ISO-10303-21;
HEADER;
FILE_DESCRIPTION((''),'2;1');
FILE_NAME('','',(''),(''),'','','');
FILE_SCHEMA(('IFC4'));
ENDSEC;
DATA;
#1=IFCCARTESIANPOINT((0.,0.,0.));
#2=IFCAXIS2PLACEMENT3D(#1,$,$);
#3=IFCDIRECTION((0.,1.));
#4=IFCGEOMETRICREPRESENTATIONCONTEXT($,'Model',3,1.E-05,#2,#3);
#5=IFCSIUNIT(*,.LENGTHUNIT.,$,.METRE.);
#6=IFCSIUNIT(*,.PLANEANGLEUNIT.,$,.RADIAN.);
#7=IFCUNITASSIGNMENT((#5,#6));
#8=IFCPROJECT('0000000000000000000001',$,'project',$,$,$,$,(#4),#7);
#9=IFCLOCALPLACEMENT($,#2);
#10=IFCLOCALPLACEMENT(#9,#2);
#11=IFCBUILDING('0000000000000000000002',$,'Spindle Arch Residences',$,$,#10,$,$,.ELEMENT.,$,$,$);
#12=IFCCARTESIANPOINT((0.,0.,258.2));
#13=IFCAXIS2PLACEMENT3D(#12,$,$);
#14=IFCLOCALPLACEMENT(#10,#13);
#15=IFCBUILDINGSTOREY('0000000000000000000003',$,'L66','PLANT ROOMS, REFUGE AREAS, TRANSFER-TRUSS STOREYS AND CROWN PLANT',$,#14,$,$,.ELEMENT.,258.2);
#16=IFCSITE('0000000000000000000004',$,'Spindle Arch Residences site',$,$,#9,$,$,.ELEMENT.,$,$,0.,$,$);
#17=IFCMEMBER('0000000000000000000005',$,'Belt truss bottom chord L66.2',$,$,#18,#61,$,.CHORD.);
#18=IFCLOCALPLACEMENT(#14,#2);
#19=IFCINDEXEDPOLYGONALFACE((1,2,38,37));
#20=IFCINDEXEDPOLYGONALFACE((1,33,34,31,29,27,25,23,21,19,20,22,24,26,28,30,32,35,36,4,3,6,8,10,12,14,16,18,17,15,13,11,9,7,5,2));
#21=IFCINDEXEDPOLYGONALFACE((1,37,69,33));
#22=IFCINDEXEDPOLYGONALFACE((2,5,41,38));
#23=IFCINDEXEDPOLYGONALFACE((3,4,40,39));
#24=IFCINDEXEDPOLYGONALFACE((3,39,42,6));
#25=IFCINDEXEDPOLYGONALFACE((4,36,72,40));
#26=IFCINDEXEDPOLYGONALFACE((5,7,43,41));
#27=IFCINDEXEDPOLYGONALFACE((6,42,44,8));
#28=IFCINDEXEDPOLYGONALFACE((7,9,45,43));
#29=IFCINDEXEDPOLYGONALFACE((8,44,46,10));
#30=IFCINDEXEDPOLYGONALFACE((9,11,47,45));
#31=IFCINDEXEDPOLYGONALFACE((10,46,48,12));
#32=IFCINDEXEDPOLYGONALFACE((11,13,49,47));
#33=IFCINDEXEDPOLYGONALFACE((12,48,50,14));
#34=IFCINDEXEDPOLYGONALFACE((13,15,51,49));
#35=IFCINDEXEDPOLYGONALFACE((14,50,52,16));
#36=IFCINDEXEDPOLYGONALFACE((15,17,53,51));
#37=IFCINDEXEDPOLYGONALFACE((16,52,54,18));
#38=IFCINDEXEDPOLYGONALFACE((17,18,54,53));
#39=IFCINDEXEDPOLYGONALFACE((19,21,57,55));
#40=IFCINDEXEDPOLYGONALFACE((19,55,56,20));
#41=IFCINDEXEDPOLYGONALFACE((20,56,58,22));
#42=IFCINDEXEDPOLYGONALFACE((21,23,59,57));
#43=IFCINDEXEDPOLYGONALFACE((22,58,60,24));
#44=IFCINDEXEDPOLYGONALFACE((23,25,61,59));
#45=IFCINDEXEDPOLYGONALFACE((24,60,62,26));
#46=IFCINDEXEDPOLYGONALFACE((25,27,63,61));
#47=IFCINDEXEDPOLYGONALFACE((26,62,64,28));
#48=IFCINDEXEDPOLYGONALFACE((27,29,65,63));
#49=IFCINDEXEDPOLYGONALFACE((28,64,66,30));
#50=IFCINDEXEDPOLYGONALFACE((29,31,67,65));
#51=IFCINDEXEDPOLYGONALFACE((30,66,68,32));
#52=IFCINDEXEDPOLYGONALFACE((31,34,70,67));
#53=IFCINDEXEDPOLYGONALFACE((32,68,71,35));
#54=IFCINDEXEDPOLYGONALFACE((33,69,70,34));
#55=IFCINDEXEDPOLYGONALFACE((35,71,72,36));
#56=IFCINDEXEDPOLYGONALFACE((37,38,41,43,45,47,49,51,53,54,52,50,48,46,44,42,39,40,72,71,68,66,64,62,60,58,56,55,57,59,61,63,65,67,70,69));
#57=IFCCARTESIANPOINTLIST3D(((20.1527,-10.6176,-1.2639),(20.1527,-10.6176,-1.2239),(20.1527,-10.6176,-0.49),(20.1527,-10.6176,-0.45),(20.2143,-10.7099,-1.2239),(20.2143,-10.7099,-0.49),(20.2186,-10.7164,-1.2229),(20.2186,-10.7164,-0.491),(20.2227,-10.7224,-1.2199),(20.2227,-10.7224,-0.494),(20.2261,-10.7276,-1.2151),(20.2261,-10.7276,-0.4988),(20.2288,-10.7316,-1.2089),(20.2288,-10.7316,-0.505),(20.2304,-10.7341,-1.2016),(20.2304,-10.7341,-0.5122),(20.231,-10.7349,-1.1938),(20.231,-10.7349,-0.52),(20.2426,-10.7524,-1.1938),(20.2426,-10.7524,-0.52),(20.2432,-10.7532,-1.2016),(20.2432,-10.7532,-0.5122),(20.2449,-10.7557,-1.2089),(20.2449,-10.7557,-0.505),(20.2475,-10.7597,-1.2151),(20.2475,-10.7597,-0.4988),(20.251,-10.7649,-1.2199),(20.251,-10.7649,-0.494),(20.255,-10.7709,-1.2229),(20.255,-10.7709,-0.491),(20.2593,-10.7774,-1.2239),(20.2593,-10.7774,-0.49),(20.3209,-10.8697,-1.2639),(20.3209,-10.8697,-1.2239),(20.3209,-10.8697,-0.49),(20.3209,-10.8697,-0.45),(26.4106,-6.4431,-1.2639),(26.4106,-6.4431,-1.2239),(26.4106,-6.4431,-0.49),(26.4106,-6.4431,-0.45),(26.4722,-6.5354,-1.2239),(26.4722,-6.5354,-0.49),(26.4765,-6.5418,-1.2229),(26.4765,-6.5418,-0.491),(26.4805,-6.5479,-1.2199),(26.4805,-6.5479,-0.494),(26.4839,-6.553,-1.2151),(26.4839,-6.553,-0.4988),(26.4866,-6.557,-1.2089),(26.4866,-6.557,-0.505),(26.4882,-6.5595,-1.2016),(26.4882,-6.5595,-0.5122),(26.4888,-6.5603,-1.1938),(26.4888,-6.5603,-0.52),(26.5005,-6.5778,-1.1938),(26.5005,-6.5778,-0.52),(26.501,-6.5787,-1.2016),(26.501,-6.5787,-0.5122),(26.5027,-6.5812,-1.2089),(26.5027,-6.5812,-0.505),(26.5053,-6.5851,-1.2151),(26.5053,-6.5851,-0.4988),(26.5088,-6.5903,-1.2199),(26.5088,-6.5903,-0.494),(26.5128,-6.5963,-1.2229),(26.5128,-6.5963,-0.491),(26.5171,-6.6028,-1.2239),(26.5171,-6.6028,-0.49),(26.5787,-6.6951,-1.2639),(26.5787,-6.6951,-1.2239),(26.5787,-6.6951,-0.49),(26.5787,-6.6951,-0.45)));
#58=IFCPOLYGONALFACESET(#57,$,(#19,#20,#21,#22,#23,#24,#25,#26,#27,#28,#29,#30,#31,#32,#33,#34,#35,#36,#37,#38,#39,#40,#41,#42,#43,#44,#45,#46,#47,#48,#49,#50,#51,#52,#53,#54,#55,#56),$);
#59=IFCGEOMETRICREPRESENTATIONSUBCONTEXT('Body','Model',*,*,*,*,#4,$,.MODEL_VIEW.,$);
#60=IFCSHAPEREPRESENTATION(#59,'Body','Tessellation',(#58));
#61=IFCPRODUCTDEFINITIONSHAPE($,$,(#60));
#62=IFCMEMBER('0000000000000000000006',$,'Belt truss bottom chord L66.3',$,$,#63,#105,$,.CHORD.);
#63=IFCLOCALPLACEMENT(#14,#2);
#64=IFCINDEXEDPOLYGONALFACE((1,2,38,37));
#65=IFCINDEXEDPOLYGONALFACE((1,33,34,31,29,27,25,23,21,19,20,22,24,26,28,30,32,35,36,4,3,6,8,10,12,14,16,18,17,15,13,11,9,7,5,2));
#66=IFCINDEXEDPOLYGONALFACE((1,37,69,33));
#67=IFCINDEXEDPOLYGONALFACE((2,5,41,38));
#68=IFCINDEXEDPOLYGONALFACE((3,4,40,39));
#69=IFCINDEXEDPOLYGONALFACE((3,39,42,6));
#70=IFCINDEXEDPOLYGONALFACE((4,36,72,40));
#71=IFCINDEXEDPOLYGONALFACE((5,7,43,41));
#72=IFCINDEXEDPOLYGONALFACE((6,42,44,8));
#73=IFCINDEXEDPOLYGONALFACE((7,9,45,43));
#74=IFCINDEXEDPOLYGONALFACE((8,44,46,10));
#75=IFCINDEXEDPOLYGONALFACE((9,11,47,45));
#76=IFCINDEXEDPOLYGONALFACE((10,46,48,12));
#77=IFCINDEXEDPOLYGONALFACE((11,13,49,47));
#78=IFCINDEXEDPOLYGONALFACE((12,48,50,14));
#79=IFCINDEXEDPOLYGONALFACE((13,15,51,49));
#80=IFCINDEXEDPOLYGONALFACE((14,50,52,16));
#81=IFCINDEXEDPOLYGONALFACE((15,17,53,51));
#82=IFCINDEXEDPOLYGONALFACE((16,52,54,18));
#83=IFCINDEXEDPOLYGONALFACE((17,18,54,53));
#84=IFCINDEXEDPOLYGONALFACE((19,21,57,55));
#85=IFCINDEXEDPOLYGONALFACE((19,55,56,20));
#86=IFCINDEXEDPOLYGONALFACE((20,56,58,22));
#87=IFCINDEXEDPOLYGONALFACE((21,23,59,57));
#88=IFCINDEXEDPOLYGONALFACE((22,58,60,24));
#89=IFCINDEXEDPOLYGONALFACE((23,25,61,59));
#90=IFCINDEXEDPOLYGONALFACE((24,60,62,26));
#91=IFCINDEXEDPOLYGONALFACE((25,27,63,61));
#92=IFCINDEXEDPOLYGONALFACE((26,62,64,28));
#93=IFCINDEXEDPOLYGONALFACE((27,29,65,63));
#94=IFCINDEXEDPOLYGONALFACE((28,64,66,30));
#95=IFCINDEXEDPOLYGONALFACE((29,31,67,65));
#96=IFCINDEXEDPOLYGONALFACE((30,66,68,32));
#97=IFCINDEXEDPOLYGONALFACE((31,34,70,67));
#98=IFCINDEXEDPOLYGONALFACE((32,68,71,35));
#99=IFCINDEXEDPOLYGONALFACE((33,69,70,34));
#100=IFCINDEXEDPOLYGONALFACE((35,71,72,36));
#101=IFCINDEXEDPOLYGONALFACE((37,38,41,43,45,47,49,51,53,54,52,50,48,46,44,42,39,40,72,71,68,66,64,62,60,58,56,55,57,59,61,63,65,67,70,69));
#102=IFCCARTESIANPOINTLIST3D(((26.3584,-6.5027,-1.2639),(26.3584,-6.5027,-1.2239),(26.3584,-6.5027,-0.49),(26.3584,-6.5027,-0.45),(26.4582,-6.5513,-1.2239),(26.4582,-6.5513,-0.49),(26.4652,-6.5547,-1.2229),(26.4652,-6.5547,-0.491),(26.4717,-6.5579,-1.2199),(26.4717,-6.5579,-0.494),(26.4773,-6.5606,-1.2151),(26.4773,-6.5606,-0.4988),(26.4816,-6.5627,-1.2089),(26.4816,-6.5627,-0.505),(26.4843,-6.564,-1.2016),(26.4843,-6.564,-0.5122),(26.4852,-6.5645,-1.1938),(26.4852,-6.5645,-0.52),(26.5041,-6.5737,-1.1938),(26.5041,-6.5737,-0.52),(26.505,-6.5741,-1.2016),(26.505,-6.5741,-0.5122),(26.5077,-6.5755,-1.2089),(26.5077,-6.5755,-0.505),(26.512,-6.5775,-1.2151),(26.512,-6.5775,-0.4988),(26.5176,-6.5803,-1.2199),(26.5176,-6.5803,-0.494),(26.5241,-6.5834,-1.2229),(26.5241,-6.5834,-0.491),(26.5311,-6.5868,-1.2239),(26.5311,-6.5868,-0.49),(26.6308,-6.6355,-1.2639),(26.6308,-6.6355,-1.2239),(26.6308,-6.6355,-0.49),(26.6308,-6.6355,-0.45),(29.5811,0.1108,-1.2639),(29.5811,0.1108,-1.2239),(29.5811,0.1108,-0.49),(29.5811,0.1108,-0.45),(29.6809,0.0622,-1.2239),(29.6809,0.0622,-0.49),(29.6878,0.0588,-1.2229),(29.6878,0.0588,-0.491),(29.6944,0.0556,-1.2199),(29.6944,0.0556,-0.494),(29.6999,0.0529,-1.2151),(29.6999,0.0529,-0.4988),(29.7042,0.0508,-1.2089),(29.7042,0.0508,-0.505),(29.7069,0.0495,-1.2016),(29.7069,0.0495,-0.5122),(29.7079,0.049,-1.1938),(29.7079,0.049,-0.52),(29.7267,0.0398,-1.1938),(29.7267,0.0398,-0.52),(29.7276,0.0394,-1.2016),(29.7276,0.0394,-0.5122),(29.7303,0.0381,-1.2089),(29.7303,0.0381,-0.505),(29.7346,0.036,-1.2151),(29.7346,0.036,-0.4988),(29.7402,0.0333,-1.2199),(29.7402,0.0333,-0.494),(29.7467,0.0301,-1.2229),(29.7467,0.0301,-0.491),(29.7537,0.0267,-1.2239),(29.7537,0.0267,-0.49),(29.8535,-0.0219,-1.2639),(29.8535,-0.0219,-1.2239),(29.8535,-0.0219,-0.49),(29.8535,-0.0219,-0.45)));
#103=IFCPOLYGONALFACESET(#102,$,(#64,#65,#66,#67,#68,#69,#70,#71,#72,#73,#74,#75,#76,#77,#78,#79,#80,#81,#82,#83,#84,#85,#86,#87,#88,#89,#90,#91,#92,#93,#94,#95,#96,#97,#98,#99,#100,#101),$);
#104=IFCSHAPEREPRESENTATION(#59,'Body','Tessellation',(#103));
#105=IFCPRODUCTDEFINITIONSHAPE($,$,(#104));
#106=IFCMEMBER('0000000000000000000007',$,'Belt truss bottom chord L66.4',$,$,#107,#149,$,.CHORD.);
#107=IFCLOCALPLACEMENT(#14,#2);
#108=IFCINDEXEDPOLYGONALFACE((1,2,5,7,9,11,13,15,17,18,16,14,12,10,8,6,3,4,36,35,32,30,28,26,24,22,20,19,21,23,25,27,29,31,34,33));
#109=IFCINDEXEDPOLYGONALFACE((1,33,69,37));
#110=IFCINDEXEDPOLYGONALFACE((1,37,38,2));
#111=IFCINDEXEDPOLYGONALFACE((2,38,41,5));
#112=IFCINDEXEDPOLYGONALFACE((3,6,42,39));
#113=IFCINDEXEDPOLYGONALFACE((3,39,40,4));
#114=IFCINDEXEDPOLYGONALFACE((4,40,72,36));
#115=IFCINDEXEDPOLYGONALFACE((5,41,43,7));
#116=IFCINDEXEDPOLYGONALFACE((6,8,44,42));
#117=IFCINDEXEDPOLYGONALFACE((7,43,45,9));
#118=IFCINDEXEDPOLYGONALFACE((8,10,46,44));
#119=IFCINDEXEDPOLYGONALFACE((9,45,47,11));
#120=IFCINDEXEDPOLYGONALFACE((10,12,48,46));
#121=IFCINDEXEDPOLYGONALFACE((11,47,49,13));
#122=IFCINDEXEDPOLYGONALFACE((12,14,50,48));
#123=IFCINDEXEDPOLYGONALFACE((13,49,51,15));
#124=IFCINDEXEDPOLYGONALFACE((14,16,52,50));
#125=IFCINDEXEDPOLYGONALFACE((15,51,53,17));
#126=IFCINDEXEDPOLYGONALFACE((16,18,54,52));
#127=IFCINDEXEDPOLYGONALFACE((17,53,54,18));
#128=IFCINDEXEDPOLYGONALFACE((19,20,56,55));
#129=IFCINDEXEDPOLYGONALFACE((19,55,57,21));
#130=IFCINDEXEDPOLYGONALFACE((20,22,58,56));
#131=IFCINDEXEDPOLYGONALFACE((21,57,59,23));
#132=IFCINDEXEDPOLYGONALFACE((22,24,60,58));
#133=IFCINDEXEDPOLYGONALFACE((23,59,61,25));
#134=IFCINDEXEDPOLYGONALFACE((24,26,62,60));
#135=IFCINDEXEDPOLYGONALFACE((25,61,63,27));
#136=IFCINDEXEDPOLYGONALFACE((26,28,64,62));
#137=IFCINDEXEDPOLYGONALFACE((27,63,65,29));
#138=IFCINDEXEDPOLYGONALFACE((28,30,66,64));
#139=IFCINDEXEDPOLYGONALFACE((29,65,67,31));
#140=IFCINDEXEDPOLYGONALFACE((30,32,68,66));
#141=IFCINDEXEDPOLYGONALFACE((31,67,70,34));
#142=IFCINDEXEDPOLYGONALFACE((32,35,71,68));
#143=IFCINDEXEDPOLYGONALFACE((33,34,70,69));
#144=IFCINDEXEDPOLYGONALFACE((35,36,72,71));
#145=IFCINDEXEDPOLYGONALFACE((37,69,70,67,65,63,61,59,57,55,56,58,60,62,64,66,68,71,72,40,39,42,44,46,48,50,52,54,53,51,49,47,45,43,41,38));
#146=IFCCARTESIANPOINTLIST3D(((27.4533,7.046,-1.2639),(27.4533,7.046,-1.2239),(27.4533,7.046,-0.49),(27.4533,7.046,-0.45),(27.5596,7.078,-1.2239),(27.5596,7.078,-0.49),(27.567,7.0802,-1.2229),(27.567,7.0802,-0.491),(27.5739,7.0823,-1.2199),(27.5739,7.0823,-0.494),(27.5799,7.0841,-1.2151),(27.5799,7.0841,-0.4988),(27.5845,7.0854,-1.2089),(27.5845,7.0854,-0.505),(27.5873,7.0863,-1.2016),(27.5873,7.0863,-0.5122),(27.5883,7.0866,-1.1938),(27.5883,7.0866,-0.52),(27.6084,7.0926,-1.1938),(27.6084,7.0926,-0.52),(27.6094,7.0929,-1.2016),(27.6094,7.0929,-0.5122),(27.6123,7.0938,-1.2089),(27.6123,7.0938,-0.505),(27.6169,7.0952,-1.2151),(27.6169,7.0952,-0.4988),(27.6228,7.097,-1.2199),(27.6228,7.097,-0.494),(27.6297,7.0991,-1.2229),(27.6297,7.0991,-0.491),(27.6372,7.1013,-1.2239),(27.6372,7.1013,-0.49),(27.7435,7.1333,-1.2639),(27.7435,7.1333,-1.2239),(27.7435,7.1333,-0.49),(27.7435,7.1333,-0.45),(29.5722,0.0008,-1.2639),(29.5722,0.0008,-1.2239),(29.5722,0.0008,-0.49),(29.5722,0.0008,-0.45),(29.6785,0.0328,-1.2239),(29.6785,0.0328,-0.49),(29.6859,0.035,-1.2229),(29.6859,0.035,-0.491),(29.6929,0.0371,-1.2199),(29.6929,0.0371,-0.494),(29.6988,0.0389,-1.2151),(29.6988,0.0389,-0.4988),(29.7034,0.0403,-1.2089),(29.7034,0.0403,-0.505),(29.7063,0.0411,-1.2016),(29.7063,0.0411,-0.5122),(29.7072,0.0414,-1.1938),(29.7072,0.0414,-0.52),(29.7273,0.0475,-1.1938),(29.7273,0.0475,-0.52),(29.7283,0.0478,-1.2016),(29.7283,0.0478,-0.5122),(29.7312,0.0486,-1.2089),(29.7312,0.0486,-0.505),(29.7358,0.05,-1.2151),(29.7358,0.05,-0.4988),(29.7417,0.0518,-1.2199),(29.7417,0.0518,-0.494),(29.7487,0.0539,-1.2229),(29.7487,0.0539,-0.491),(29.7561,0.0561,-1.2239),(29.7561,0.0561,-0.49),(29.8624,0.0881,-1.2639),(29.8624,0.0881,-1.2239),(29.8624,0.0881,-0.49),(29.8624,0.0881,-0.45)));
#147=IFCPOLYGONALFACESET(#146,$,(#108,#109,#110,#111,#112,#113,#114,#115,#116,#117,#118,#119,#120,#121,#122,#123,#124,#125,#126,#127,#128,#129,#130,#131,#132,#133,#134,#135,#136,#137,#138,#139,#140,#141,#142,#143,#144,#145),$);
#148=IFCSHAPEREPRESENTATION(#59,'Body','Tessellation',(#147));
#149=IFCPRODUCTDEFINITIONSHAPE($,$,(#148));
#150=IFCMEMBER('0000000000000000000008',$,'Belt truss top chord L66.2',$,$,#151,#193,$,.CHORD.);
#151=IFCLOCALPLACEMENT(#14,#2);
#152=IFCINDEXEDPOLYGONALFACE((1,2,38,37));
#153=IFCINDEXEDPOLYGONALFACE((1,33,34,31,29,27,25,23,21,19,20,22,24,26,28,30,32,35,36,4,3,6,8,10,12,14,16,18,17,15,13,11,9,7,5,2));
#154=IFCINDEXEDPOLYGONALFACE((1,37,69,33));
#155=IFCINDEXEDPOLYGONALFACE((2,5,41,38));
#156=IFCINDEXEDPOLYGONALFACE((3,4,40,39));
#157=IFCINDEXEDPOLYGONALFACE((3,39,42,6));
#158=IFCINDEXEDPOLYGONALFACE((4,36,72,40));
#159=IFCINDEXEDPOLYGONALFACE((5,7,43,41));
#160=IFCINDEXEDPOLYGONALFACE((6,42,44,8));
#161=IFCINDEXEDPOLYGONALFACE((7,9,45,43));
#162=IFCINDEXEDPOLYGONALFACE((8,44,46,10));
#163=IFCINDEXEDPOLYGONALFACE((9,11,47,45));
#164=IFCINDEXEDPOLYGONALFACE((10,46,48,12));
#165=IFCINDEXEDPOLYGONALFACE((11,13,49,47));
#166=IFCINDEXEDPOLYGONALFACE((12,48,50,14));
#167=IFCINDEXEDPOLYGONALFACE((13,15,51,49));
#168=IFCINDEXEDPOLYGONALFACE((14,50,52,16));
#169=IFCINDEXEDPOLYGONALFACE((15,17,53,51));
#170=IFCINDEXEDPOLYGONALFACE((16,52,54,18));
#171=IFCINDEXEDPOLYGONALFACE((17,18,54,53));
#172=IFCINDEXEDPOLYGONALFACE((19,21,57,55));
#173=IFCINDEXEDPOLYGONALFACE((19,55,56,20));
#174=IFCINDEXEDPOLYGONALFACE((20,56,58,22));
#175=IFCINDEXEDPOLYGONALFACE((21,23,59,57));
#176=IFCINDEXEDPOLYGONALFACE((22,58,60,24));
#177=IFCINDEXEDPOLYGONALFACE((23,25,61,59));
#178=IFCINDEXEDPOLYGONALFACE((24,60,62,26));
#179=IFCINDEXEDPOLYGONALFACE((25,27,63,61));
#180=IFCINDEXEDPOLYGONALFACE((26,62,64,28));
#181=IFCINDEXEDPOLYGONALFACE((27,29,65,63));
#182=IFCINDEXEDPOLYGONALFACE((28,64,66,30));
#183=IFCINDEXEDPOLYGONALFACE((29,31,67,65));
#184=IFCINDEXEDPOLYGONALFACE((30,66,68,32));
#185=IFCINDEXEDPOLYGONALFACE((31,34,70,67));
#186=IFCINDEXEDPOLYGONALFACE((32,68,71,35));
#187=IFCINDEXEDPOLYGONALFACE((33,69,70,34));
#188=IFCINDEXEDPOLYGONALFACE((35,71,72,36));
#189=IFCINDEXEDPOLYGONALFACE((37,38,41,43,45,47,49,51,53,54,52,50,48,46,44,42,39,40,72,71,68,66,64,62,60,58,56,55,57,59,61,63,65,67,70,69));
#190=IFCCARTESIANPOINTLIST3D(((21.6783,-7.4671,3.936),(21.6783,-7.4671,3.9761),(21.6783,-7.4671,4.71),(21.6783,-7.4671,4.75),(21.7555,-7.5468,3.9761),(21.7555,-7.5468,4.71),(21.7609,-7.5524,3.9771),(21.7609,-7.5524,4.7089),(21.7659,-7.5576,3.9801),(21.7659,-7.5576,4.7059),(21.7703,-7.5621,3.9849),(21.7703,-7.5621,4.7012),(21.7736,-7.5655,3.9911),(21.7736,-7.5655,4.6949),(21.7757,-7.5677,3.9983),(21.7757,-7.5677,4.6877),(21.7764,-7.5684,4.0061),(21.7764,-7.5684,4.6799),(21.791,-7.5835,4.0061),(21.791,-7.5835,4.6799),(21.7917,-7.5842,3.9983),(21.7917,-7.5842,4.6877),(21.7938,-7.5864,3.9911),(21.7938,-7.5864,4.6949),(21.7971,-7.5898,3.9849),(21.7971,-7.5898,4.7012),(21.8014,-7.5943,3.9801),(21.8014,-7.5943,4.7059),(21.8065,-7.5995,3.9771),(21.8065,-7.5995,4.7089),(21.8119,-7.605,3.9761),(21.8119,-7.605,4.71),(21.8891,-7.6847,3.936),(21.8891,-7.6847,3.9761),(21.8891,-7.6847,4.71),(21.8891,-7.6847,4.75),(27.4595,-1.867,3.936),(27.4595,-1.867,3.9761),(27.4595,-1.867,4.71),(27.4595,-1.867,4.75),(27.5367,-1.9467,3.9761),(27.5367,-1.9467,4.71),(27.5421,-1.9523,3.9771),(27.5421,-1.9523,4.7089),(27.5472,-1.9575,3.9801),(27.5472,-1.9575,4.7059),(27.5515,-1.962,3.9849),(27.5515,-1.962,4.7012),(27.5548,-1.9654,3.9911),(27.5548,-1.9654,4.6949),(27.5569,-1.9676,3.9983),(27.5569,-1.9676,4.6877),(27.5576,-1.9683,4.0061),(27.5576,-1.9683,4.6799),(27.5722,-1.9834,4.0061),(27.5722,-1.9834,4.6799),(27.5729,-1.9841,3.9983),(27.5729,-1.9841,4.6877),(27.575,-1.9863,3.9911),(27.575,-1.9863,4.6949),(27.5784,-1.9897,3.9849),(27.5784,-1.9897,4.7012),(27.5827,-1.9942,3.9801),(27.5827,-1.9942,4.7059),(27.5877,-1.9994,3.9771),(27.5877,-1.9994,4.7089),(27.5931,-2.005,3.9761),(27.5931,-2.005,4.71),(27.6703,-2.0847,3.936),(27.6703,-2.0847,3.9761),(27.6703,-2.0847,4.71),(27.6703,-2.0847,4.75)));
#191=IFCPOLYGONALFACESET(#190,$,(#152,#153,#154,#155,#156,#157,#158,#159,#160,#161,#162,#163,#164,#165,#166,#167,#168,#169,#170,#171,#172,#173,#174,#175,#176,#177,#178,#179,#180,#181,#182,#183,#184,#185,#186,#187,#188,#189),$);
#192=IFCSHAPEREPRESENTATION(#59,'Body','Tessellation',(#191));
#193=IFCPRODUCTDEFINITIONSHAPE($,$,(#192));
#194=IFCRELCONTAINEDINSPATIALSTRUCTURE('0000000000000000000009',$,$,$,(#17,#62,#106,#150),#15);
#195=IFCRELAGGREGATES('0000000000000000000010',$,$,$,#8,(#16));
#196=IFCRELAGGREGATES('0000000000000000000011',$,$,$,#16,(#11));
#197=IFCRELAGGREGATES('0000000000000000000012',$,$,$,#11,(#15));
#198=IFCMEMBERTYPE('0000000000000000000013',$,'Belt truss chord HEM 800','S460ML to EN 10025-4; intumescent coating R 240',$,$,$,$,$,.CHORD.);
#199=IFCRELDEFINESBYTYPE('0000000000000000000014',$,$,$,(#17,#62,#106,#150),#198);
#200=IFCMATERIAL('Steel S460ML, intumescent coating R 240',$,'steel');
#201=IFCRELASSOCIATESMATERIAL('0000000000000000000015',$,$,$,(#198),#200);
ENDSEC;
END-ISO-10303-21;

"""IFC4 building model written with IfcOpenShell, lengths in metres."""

from ifc_helpers import new_model, si_unit, direction, frame, origin, origin_2d, place, context, subcontext, project, spatial, i_section, extrude, material, material_profile, profile_set, type_object, element, save


model = new_model("IFC4")

# Units and contexts
model_context = context("Model", 3, precision=1e-05, world=origin(), true_north=direction((0.0, 1.0)))
body_context = subcontext(model_context, "Body", "Model", "MODEL_VIEW")
ifc_project = project(units=[si_unit("LENGTHUNIT", "METRE"), si_unit("PLANEANGLEUNIT", "RADIAN")], contexts=[model_context])

# Site, building, storey
site_placement = place(None, origin())
site = spatial("IfcSite", under=ifc_project, at=site_placement, Name="Spindle Arch Residences site", CompositionType="ELEMENT", RefElevation=0.0)
building_placement = place(site_placement, origin())
building = spatial("IfcBuilding", under=site, at=building_placement, Name="Spindle Arch Residences", CompositionType="ELEMENT")
storey_placement = place(building_placement, frame((0.0, 0.0, 258.2)))
storey = spatial("IfcBuildingStorey", under=building, at=storey_placement, Name="L66", Description="PLANT ROOMS, REFUGE AREAS, TRANSFER-TRUSS STOREYS AND CROWN PLANT", CompositionType="ELEMENT", Elevation=258.2)

# Members
ifc_material_1 = material(Name="Steel S460ML, intumescent coating R 240", Category="steel")
ifc_material_profile_1 = material_profile(ifc_material_1, i_section(OverallWidth=0.303, OverallDepth=0.814, WebThickness=0.021, FlangeThickness=0.04, FilletRadius=0.03, at=origin_2d()), Name="HEM 800")
ifc_profile_set_1 = profile_set([ifc_material_profile_1], Name="Steel S460ML, intumescent coating R 240")
member_type_1 = type_object("IfcMemberType", Name="Belt truss chord HEM 800", Description="S460ML to EN 10025-4; intumescent coating R 240", PredefinedType="CHORD", material=ifc_profile_set_1)
member_1_placement = place(storey_placement, frame((20.2368, -10.7437, -0.8569), z_axis=(0.831885, 0.554947, 0.0), x_axis=(-0.554947, 0.831885, 0.0)))
element("IfcMember", 1, at=member_1_placement, inside=storey, type_object=member_type_1, Name="Belt truss bottom chord L66.2", PredefinedType="CHORD", context=body_context, shape_type="SweptSolid", body=[
    extrude(i_section(OverallWidth=0.303, OverallDepth=0.814, WebThickness=0.021, FlangeThickness=0.04, FilletRadius=0.03, at=origin_2d()), origin(), (0.0, 0.0, 1.0), 7.5225),
])
for number, where, z_axis, x_axis, name in (
    (2, (26.4946, -6.5691, -0.8569), (0.438044, 0.898953, 0.0), (-0.898953, 0.438044, 0.0), "Belt truss bottom chord L66.3"),
    (3, (29.7173, 0.0444, -0.8569), (-0.288015, 0.957626, 0.0), (-0.957626, -0.288015, 0.0), "Belt truss bottom chord L66.4"),
):
    element("IfcMember", number, at=place(storey_placement, frame(where, z_axis=z_axis, x_axis=x_axis)), inside=storey, type_object=member_type_1, Name=name, PredefinedType="CHORD", context=body_context, shape_type="SweptSolid", body=[
        extrude(i_section(OverallWidth=0.303, OverallDepth=0.814, WebThickness=0.021, FlangeThickness=0.04, FilletRadius=0.03, at=origin_2d()), origin(), (0.0, 0.0, 1.0), 7.3569),
    ])
member_2_placement = place(storey_placement, frame((21.7837, -7.5759, 4.343), z_axis=(0.718271, 0.695764, 0.0), x_axis=(-0.695764, 0.718271, 0.0)))
element("IfcMember", 4, at=member_2_placement, inside=storey, type_object=member_type_1, Name="Belt truss top chord L66.2", PredefinedType="CHORD", context=body_context, shape_type="SweptSolid", body=[
    extrude(i_section(OverallWidth=0.303, OverallDepth=0.814, WebThickness=0.021, FlangeThickness=0.04, FilletRadius=0.03, at=origin_2d()), origin(), (0.0, 0.0, 1.0), 8.0488),
])

save(model, "model.ifc")
